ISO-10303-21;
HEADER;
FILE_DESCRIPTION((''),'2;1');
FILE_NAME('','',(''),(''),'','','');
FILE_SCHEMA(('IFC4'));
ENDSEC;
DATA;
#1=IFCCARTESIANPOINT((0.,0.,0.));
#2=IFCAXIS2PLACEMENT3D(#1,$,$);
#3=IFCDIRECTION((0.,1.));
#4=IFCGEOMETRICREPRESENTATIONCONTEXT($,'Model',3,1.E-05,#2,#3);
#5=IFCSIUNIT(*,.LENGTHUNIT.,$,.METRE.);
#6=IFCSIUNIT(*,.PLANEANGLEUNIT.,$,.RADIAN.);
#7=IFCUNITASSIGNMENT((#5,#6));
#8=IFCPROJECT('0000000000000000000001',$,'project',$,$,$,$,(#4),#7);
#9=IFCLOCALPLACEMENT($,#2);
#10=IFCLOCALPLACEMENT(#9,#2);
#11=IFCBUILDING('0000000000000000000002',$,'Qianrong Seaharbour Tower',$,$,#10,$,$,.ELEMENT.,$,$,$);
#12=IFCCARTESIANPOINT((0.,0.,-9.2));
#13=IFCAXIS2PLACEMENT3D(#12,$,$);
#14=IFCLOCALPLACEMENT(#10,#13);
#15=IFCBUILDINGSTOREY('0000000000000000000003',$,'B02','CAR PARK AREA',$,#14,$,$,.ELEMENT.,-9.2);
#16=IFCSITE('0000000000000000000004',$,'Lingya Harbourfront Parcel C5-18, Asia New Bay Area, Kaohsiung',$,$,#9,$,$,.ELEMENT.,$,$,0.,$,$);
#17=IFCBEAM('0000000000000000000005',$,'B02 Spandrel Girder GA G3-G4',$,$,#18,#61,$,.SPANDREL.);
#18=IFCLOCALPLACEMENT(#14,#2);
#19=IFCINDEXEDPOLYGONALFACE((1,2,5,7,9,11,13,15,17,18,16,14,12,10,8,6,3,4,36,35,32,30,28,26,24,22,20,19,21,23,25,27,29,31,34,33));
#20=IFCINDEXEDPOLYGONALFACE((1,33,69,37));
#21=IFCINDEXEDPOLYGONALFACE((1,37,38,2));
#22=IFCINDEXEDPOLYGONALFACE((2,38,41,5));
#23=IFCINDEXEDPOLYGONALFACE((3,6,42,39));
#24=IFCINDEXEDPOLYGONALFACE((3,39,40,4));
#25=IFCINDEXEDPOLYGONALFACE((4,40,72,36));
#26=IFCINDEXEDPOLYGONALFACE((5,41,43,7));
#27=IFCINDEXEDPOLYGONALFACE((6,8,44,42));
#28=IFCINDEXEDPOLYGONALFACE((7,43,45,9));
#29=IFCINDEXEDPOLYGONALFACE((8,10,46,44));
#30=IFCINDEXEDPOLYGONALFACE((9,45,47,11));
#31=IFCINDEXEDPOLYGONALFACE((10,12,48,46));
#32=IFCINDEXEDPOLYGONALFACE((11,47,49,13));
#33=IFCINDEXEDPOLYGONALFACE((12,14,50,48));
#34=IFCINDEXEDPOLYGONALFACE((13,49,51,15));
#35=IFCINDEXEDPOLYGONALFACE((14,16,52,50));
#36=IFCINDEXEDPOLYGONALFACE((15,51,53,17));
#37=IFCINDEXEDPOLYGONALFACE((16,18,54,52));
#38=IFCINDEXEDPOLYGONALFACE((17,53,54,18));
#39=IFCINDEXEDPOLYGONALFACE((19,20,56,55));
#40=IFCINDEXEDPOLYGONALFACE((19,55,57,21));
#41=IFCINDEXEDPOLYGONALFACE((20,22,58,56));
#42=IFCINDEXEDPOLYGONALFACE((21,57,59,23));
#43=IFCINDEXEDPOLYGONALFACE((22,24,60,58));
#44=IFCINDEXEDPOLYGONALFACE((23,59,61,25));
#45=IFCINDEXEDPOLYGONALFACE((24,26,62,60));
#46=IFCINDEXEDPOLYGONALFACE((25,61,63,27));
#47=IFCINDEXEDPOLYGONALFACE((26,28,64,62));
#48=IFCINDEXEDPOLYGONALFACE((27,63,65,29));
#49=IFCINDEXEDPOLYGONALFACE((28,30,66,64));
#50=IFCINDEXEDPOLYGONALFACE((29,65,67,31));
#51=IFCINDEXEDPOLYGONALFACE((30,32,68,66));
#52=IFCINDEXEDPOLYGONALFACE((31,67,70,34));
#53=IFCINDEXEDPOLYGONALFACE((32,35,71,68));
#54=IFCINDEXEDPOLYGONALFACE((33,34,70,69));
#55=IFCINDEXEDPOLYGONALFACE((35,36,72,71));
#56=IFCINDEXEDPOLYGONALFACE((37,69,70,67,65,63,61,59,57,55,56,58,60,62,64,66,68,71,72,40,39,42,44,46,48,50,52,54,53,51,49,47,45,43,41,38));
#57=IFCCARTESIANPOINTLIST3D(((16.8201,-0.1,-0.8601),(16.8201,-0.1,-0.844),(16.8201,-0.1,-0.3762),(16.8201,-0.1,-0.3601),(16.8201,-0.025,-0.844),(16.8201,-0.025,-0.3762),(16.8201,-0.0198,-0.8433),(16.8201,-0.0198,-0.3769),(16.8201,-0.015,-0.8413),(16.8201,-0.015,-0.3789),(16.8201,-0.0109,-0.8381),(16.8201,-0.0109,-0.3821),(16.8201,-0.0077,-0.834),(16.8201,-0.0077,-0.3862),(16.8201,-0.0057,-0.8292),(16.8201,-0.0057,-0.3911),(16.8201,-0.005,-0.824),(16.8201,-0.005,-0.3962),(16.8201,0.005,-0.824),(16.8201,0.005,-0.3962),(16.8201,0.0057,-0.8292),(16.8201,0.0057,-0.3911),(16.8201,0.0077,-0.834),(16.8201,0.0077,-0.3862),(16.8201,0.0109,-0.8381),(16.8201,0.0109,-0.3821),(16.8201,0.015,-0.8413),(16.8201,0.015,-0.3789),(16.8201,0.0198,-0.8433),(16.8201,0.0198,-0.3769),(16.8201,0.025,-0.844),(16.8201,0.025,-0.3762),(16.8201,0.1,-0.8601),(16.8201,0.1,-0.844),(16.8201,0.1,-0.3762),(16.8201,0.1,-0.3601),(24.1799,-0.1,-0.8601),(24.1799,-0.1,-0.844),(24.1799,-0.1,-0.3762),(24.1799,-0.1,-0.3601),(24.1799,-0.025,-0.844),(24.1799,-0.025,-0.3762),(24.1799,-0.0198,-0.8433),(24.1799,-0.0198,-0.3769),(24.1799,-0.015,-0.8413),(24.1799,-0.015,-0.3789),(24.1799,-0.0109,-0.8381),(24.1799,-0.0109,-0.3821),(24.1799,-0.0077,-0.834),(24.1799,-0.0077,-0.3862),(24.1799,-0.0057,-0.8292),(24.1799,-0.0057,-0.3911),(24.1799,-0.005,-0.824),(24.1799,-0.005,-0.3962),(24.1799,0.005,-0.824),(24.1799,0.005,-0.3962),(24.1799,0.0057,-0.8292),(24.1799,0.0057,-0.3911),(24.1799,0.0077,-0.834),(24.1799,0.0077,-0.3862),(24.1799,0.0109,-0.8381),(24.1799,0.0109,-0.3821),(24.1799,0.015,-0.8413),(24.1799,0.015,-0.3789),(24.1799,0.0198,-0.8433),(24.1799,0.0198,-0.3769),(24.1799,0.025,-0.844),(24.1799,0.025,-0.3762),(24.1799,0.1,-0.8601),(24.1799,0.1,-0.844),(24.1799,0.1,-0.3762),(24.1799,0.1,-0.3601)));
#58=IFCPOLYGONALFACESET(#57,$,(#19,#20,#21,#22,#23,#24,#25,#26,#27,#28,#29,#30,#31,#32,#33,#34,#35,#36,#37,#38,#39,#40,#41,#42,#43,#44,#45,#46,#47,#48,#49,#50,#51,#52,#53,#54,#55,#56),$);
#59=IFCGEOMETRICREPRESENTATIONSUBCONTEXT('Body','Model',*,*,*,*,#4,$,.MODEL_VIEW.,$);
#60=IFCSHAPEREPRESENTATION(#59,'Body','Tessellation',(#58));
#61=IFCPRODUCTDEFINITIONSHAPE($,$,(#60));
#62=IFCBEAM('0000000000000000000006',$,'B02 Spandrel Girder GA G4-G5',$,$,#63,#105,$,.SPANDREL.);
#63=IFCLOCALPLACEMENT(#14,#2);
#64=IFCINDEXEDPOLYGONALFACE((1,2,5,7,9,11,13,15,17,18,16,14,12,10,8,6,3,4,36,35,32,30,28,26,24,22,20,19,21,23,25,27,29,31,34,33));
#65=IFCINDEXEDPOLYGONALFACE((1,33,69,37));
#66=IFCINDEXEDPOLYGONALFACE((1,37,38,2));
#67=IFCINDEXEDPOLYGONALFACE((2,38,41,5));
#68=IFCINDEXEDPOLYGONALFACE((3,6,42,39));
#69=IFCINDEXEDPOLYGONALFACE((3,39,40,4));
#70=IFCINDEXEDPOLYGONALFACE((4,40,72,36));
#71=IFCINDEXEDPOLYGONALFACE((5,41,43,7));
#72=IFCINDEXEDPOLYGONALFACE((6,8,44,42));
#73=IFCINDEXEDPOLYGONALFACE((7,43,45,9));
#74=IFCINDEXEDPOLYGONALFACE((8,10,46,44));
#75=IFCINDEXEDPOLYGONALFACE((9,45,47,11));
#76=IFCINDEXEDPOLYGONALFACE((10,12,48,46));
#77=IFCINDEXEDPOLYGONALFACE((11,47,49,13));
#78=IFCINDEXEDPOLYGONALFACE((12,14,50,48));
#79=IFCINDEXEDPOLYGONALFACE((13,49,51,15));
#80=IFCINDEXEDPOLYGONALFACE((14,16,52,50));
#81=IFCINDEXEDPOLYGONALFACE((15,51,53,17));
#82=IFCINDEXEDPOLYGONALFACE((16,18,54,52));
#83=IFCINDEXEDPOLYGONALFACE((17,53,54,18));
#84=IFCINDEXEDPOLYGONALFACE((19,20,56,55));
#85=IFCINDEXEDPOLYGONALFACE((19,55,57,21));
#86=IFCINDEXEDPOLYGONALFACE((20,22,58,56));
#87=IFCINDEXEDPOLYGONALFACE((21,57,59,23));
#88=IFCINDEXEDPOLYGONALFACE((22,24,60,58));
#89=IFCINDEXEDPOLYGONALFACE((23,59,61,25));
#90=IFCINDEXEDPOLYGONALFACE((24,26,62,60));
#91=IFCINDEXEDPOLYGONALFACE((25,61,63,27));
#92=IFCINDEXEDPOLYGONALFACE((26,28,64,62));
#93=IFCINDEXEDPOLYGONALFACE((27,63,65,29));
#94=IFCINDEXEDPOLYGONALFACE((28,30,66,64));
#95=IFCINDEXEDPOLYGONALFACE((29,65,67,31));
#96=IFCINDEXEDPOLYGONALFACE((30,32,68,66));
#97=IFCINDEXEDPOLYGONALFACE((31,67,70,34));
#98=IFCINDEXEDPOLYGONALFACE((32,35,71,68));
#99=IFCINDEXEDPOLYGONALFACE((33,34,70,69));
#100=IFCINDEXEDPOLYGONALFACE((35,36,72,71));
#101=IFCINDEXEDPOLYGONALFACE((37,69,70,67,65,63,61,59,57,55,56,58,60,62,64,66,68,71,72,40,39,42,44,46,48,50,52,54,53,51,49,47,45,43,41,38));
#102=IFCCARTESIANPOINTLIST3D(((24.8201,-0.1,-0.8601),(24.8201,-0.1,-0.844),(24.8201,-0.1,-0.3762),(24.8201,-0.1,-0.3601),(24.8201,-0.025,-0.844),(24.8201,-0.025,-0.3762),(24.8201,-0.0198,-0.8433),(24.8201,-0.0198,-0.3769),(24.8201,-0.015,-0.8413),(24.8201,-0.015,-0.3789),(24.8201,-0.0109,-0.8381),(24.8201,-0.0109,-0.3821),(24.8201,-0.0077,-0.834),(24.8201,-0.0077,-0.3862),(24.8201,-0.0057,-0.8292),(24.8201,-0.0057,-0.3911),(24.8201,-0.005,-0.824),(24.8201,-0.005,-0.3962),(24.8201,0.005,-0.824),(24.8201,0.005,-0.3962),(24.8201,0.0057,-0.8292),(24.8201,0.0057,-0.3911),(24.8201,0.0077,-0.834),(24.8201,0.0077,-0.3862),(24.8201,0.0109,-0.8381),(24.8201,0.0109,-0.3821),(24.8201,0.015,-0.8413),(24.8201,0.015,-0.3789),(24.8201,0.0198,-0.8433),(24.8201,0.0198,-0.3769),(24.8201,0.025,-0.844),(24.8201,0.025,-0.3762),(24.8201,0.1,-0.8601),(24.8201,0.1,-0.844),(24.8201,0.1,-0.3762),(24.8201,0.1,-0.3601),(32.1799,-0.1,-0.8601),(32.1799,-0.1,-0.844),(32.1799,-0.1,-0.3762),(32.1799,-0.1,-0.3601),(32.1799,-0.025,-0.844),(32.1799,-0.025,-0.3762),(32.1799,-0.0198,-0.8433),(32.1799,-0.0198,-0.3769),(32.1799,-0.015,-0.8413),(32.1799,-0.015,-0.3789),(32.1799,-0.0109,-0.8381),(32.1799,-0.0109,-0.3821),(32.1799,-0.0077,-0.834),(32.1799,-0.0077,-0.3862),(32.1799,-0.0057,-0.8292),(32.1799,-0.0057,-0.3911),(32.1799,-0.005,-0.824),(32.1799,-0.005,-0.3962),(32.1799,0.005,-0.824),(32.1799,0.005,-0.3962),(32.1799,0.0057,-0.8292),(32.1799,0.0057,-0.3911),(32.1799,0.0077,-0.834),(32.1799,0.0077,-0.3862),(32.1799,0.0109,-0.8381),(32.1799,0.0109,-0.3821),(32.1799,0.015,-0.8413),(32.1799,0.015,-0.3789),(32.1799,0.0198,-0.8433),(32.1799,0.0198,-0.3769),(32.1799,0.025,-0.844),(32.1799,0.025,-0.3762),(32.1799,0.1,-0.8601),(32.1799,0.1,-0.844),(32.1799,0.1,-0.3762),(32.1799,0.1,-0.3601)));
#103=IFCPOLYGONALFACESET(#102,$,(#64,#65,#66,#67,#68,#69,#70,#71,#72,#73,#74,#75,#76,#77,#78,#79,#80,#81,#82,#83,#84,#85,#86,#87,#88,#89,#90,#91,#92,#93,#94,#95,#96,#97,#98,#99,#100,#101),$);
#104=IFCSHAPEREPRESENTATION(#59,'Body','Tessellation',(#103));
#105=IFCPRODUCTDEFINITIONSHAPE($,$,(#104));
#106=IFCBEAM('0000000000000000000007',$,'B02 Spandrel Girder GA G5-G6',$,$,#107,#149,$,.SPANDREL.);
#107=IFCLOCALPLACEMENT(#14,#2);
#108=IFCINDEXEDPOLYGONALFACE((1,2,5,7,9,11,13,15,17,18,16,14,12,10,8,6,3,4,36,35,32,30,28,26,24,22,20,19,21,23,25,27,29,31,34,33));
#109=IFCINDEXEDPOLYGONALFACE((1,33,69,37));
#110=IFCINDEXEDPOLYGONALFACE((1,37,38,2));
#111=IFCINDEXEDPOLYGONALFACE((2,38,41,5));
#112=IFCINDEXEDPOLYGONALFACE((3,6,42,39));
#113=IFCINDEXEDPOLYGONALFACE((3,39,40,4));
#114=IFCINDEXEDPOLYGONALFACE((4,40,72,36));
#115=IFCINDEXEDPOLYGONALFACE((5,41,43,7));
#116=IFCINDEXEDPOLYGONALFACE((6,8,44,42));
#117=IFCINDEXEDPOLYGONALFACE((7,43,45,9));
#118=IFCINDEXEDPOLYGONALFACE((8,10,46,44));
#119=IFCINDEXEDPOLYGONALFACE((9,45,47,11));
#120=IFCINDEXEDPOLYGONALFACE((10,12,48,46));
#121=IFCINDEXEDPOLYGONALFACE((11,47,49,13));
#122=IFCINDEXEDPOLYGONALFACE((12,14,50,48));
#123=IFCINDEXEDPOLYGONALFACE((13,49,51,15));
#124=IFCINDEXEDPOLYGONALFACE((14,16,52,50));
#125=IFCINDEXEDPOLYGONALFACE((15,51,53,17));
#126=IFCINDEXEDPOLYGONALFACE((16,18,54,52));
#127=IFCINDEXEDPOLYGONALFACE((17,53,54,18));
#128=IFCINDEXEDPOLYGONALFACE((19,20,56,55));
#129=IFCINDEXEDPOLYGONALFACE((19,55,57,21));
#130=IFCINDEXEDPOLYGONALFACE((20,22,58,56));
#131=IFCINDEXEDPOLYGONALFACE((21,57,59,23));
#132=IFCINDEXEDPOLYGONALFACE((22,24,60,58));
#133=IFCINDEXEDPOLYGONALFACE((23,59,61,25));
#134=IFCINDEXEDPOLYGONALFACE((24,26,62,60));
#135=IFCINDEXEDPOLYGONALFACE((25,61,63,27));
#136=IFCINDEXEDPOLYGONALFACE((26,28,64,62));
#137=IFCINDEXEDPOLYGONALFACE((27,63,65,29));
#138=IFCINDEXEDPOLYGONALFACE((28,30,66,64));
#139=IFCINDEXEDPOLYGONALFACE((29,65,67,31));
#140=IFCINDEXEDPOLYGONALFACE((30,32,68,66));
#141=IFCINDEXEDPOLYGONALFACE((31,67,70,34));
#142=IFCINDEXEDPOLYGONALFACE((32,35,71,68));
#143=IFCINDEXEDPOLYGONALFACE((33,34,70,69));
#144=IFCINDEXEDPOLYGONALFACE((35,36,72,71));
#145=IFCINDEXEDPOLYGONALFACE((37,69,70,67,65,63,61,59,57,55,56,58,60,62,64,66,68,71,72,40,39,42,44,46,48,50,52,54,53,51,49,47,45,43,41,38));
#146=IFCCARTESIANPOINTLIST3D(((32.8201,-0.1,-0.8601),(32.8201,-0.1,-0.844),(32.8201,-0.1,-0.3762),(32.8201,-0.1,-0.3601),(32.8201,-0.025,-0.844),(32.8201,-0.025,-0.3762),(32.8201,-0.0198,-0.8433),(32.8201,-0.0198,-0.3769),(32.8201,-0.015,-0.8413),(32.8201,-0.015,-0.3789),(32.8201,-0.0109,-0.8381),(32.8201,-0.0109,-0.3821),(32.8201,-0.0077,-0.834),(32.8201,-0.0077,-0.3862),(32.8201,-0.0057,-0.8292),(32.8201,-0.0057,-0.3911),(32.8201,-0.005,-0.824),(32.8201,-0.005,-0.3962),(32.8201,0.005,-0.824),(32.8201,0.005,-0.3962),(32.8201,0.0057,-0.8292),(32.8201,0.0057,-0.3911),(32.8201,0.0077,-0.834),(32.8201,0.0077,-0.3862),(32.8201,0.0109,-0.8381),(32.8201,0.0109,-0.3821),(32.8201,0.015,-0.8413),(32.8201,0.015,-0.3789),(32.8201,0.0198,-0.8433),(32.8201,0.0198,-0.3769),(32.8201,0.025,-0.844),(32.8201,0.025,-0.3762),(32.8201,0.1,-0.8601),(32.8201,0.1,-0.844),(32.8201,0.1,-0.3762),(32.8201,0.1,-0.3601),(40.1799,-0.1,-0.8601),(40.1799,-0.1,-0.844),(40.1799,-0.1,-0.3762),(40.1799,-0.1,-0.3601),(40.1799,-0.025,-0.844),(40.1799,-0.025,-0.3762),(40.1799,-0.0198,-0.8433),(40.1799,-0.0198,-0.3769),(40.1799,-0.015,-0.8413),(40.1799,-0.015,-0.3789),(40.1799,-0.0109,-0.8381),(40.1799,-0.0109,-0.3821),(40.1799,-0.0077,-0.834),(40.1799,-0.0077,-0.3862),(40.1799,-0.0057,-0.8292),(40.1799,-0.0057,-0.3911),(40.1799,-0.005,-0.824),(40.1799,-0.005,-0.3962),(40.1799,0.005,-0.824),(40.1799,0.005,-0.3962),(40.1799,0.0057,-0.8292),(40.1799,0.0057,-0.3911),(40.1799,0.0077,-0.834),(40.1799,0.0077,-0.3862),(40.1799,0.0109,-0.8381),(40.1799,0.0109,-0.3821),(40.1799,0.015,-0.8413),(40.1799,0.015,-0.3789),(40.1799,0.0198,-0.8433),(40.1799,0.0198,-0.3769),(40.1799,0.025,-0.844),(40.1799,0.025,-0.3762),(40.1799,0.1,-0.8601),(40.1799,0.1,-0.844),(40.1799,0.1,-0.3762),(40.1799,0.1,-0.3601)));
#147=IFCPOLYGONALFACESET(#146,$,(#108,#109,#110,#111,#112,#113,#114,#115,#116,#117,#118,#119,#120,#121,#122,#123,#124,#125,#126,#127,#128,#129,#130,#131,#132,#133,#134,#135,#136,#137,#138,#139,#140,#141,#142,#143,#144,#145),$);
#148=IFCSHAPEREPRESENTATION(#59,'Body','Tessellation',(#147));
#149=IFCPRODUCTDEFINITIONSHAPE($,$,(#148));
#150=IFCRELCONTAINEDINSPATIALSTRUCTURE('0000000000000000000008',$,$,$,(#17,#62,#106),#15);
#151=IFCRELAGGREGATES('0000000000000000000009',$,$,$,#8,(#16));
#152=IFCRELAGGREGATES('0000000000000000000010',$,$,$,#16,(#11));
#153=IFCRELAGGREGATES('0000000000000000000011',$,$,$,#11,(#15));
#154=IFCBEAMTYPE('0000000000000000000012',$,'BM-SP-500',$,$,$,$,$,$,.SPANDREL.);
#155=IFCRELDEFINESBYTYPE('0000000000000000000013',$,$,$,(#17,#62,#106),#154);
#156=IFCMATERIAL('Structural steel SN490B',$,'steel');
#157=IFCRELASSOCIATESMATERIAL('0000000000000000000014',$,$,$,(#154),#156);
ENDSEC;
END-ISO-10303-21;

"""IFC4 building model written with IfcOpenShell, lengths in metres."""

from ifc_helpers import new_model, si_unit, direction, frame, origin, origin_2d, place, context, subcontext, project, spatial, i_section, extrude, material, material_profile, profile_set, type_object, element, save


model = new_model("IFC4")

# Units and contexts
model_context = context("Model", 3, precision=1e-05, world=origin(), true_north=direction((0.0, 1.0)))
body_context = subcontext(model_context, "Body", "Model", "MODEL_VIEW")
ifc_project = project(units=[si_unit("LENGTHUNIT", "METRE"), si_unit("PLANEANGLEUNIT", "RADIAN")], contexts=[model_context])

# Site, building, storey
site_placement = place(None, origin())
site = spatial("IfcSite", under=ifc_project, at=site_placement, Name="Lingya Harbourfront Parcel C5-18, Asia New Bay Area, Kaohsiung", CompositionType="ELEMENT", RefElevation=0.0)
building_placement = place(site_placement, origin())
building = spatial("IfcBuilding", under=site, at=building_placement, Name="Qianrong Seaharbour Tower", CompositionType="ELEMENT")
storey_placement = place(building_placement, frame((0.0, 0.0, -9.2)))
storey = spatial("IfcBuildingStorey", under=building, at=storey_placement, Name="B02", Description="CAR PARK AREA", CompositionType="ELEMENT", Elevation=-9.2)

# Shared definitions
ifc_material_1 = material(Name="Structural steel SN490B", Category="steel")

# Beams
ifc_material_profile_1 = material_profile(ifc_material_1, i_section(OverallWidth=0.2, OverallDepth=0.5, WebThickness=0.01, FlangeThickness=0.0161, FilletRadius=0.02, at=origin_2d()), Name="H500x200x10x16")
ifc_profile_set_1 = profile_set([ifc_material_profile_1], Name="Structural steel SN490B")
beam_type_1 = type_object("IfcBeamType", Name="BM-SP-500", PredefinedType="SPANDREL", material=ifc_profile_set_1)
for number, where, z_axis, x_axis, name in (
    (1, (16.8201, 0.0, -0.6101), (1.0, 0.0, 0.0), (0.0, 1.0, 0.0), "B02 Spandrel Girder GA G3-G4"),
    (2, (24.8201, 0.0, -0.6101), (1.0, 0.0, 0.0), (0.0, 1.0, 0.0), "B02 Spandrel Girder GA G4-G5"),
    (3, (32.8201, 0.0, -0.6101), (1.0, 0.0, 0.0), (0.0, 1.0, 0.0), "B02 Spandrel Girder GA G5-G6"),
):
    element("IfcBeam", number, at=place(storey_placement, frame(where, z_axis=z_axis, x_axis=x_axis)), inside=storey, type_object=beam_type_1, Name=name, PredefinedType="SPANDREL", context=body_context, shape_type="SweptSolid", body=[
        extrude(i_section(OverallWidth=0.2, OverallDepth=0.5, WebThickness=0.01, FlangeThickness=0.0161, FilletRadius=0.02, at=origin_2d()), origin(), (0.0, 0.0, 1.0), 7.3599),
    ])

save(model, "model.ifc")
